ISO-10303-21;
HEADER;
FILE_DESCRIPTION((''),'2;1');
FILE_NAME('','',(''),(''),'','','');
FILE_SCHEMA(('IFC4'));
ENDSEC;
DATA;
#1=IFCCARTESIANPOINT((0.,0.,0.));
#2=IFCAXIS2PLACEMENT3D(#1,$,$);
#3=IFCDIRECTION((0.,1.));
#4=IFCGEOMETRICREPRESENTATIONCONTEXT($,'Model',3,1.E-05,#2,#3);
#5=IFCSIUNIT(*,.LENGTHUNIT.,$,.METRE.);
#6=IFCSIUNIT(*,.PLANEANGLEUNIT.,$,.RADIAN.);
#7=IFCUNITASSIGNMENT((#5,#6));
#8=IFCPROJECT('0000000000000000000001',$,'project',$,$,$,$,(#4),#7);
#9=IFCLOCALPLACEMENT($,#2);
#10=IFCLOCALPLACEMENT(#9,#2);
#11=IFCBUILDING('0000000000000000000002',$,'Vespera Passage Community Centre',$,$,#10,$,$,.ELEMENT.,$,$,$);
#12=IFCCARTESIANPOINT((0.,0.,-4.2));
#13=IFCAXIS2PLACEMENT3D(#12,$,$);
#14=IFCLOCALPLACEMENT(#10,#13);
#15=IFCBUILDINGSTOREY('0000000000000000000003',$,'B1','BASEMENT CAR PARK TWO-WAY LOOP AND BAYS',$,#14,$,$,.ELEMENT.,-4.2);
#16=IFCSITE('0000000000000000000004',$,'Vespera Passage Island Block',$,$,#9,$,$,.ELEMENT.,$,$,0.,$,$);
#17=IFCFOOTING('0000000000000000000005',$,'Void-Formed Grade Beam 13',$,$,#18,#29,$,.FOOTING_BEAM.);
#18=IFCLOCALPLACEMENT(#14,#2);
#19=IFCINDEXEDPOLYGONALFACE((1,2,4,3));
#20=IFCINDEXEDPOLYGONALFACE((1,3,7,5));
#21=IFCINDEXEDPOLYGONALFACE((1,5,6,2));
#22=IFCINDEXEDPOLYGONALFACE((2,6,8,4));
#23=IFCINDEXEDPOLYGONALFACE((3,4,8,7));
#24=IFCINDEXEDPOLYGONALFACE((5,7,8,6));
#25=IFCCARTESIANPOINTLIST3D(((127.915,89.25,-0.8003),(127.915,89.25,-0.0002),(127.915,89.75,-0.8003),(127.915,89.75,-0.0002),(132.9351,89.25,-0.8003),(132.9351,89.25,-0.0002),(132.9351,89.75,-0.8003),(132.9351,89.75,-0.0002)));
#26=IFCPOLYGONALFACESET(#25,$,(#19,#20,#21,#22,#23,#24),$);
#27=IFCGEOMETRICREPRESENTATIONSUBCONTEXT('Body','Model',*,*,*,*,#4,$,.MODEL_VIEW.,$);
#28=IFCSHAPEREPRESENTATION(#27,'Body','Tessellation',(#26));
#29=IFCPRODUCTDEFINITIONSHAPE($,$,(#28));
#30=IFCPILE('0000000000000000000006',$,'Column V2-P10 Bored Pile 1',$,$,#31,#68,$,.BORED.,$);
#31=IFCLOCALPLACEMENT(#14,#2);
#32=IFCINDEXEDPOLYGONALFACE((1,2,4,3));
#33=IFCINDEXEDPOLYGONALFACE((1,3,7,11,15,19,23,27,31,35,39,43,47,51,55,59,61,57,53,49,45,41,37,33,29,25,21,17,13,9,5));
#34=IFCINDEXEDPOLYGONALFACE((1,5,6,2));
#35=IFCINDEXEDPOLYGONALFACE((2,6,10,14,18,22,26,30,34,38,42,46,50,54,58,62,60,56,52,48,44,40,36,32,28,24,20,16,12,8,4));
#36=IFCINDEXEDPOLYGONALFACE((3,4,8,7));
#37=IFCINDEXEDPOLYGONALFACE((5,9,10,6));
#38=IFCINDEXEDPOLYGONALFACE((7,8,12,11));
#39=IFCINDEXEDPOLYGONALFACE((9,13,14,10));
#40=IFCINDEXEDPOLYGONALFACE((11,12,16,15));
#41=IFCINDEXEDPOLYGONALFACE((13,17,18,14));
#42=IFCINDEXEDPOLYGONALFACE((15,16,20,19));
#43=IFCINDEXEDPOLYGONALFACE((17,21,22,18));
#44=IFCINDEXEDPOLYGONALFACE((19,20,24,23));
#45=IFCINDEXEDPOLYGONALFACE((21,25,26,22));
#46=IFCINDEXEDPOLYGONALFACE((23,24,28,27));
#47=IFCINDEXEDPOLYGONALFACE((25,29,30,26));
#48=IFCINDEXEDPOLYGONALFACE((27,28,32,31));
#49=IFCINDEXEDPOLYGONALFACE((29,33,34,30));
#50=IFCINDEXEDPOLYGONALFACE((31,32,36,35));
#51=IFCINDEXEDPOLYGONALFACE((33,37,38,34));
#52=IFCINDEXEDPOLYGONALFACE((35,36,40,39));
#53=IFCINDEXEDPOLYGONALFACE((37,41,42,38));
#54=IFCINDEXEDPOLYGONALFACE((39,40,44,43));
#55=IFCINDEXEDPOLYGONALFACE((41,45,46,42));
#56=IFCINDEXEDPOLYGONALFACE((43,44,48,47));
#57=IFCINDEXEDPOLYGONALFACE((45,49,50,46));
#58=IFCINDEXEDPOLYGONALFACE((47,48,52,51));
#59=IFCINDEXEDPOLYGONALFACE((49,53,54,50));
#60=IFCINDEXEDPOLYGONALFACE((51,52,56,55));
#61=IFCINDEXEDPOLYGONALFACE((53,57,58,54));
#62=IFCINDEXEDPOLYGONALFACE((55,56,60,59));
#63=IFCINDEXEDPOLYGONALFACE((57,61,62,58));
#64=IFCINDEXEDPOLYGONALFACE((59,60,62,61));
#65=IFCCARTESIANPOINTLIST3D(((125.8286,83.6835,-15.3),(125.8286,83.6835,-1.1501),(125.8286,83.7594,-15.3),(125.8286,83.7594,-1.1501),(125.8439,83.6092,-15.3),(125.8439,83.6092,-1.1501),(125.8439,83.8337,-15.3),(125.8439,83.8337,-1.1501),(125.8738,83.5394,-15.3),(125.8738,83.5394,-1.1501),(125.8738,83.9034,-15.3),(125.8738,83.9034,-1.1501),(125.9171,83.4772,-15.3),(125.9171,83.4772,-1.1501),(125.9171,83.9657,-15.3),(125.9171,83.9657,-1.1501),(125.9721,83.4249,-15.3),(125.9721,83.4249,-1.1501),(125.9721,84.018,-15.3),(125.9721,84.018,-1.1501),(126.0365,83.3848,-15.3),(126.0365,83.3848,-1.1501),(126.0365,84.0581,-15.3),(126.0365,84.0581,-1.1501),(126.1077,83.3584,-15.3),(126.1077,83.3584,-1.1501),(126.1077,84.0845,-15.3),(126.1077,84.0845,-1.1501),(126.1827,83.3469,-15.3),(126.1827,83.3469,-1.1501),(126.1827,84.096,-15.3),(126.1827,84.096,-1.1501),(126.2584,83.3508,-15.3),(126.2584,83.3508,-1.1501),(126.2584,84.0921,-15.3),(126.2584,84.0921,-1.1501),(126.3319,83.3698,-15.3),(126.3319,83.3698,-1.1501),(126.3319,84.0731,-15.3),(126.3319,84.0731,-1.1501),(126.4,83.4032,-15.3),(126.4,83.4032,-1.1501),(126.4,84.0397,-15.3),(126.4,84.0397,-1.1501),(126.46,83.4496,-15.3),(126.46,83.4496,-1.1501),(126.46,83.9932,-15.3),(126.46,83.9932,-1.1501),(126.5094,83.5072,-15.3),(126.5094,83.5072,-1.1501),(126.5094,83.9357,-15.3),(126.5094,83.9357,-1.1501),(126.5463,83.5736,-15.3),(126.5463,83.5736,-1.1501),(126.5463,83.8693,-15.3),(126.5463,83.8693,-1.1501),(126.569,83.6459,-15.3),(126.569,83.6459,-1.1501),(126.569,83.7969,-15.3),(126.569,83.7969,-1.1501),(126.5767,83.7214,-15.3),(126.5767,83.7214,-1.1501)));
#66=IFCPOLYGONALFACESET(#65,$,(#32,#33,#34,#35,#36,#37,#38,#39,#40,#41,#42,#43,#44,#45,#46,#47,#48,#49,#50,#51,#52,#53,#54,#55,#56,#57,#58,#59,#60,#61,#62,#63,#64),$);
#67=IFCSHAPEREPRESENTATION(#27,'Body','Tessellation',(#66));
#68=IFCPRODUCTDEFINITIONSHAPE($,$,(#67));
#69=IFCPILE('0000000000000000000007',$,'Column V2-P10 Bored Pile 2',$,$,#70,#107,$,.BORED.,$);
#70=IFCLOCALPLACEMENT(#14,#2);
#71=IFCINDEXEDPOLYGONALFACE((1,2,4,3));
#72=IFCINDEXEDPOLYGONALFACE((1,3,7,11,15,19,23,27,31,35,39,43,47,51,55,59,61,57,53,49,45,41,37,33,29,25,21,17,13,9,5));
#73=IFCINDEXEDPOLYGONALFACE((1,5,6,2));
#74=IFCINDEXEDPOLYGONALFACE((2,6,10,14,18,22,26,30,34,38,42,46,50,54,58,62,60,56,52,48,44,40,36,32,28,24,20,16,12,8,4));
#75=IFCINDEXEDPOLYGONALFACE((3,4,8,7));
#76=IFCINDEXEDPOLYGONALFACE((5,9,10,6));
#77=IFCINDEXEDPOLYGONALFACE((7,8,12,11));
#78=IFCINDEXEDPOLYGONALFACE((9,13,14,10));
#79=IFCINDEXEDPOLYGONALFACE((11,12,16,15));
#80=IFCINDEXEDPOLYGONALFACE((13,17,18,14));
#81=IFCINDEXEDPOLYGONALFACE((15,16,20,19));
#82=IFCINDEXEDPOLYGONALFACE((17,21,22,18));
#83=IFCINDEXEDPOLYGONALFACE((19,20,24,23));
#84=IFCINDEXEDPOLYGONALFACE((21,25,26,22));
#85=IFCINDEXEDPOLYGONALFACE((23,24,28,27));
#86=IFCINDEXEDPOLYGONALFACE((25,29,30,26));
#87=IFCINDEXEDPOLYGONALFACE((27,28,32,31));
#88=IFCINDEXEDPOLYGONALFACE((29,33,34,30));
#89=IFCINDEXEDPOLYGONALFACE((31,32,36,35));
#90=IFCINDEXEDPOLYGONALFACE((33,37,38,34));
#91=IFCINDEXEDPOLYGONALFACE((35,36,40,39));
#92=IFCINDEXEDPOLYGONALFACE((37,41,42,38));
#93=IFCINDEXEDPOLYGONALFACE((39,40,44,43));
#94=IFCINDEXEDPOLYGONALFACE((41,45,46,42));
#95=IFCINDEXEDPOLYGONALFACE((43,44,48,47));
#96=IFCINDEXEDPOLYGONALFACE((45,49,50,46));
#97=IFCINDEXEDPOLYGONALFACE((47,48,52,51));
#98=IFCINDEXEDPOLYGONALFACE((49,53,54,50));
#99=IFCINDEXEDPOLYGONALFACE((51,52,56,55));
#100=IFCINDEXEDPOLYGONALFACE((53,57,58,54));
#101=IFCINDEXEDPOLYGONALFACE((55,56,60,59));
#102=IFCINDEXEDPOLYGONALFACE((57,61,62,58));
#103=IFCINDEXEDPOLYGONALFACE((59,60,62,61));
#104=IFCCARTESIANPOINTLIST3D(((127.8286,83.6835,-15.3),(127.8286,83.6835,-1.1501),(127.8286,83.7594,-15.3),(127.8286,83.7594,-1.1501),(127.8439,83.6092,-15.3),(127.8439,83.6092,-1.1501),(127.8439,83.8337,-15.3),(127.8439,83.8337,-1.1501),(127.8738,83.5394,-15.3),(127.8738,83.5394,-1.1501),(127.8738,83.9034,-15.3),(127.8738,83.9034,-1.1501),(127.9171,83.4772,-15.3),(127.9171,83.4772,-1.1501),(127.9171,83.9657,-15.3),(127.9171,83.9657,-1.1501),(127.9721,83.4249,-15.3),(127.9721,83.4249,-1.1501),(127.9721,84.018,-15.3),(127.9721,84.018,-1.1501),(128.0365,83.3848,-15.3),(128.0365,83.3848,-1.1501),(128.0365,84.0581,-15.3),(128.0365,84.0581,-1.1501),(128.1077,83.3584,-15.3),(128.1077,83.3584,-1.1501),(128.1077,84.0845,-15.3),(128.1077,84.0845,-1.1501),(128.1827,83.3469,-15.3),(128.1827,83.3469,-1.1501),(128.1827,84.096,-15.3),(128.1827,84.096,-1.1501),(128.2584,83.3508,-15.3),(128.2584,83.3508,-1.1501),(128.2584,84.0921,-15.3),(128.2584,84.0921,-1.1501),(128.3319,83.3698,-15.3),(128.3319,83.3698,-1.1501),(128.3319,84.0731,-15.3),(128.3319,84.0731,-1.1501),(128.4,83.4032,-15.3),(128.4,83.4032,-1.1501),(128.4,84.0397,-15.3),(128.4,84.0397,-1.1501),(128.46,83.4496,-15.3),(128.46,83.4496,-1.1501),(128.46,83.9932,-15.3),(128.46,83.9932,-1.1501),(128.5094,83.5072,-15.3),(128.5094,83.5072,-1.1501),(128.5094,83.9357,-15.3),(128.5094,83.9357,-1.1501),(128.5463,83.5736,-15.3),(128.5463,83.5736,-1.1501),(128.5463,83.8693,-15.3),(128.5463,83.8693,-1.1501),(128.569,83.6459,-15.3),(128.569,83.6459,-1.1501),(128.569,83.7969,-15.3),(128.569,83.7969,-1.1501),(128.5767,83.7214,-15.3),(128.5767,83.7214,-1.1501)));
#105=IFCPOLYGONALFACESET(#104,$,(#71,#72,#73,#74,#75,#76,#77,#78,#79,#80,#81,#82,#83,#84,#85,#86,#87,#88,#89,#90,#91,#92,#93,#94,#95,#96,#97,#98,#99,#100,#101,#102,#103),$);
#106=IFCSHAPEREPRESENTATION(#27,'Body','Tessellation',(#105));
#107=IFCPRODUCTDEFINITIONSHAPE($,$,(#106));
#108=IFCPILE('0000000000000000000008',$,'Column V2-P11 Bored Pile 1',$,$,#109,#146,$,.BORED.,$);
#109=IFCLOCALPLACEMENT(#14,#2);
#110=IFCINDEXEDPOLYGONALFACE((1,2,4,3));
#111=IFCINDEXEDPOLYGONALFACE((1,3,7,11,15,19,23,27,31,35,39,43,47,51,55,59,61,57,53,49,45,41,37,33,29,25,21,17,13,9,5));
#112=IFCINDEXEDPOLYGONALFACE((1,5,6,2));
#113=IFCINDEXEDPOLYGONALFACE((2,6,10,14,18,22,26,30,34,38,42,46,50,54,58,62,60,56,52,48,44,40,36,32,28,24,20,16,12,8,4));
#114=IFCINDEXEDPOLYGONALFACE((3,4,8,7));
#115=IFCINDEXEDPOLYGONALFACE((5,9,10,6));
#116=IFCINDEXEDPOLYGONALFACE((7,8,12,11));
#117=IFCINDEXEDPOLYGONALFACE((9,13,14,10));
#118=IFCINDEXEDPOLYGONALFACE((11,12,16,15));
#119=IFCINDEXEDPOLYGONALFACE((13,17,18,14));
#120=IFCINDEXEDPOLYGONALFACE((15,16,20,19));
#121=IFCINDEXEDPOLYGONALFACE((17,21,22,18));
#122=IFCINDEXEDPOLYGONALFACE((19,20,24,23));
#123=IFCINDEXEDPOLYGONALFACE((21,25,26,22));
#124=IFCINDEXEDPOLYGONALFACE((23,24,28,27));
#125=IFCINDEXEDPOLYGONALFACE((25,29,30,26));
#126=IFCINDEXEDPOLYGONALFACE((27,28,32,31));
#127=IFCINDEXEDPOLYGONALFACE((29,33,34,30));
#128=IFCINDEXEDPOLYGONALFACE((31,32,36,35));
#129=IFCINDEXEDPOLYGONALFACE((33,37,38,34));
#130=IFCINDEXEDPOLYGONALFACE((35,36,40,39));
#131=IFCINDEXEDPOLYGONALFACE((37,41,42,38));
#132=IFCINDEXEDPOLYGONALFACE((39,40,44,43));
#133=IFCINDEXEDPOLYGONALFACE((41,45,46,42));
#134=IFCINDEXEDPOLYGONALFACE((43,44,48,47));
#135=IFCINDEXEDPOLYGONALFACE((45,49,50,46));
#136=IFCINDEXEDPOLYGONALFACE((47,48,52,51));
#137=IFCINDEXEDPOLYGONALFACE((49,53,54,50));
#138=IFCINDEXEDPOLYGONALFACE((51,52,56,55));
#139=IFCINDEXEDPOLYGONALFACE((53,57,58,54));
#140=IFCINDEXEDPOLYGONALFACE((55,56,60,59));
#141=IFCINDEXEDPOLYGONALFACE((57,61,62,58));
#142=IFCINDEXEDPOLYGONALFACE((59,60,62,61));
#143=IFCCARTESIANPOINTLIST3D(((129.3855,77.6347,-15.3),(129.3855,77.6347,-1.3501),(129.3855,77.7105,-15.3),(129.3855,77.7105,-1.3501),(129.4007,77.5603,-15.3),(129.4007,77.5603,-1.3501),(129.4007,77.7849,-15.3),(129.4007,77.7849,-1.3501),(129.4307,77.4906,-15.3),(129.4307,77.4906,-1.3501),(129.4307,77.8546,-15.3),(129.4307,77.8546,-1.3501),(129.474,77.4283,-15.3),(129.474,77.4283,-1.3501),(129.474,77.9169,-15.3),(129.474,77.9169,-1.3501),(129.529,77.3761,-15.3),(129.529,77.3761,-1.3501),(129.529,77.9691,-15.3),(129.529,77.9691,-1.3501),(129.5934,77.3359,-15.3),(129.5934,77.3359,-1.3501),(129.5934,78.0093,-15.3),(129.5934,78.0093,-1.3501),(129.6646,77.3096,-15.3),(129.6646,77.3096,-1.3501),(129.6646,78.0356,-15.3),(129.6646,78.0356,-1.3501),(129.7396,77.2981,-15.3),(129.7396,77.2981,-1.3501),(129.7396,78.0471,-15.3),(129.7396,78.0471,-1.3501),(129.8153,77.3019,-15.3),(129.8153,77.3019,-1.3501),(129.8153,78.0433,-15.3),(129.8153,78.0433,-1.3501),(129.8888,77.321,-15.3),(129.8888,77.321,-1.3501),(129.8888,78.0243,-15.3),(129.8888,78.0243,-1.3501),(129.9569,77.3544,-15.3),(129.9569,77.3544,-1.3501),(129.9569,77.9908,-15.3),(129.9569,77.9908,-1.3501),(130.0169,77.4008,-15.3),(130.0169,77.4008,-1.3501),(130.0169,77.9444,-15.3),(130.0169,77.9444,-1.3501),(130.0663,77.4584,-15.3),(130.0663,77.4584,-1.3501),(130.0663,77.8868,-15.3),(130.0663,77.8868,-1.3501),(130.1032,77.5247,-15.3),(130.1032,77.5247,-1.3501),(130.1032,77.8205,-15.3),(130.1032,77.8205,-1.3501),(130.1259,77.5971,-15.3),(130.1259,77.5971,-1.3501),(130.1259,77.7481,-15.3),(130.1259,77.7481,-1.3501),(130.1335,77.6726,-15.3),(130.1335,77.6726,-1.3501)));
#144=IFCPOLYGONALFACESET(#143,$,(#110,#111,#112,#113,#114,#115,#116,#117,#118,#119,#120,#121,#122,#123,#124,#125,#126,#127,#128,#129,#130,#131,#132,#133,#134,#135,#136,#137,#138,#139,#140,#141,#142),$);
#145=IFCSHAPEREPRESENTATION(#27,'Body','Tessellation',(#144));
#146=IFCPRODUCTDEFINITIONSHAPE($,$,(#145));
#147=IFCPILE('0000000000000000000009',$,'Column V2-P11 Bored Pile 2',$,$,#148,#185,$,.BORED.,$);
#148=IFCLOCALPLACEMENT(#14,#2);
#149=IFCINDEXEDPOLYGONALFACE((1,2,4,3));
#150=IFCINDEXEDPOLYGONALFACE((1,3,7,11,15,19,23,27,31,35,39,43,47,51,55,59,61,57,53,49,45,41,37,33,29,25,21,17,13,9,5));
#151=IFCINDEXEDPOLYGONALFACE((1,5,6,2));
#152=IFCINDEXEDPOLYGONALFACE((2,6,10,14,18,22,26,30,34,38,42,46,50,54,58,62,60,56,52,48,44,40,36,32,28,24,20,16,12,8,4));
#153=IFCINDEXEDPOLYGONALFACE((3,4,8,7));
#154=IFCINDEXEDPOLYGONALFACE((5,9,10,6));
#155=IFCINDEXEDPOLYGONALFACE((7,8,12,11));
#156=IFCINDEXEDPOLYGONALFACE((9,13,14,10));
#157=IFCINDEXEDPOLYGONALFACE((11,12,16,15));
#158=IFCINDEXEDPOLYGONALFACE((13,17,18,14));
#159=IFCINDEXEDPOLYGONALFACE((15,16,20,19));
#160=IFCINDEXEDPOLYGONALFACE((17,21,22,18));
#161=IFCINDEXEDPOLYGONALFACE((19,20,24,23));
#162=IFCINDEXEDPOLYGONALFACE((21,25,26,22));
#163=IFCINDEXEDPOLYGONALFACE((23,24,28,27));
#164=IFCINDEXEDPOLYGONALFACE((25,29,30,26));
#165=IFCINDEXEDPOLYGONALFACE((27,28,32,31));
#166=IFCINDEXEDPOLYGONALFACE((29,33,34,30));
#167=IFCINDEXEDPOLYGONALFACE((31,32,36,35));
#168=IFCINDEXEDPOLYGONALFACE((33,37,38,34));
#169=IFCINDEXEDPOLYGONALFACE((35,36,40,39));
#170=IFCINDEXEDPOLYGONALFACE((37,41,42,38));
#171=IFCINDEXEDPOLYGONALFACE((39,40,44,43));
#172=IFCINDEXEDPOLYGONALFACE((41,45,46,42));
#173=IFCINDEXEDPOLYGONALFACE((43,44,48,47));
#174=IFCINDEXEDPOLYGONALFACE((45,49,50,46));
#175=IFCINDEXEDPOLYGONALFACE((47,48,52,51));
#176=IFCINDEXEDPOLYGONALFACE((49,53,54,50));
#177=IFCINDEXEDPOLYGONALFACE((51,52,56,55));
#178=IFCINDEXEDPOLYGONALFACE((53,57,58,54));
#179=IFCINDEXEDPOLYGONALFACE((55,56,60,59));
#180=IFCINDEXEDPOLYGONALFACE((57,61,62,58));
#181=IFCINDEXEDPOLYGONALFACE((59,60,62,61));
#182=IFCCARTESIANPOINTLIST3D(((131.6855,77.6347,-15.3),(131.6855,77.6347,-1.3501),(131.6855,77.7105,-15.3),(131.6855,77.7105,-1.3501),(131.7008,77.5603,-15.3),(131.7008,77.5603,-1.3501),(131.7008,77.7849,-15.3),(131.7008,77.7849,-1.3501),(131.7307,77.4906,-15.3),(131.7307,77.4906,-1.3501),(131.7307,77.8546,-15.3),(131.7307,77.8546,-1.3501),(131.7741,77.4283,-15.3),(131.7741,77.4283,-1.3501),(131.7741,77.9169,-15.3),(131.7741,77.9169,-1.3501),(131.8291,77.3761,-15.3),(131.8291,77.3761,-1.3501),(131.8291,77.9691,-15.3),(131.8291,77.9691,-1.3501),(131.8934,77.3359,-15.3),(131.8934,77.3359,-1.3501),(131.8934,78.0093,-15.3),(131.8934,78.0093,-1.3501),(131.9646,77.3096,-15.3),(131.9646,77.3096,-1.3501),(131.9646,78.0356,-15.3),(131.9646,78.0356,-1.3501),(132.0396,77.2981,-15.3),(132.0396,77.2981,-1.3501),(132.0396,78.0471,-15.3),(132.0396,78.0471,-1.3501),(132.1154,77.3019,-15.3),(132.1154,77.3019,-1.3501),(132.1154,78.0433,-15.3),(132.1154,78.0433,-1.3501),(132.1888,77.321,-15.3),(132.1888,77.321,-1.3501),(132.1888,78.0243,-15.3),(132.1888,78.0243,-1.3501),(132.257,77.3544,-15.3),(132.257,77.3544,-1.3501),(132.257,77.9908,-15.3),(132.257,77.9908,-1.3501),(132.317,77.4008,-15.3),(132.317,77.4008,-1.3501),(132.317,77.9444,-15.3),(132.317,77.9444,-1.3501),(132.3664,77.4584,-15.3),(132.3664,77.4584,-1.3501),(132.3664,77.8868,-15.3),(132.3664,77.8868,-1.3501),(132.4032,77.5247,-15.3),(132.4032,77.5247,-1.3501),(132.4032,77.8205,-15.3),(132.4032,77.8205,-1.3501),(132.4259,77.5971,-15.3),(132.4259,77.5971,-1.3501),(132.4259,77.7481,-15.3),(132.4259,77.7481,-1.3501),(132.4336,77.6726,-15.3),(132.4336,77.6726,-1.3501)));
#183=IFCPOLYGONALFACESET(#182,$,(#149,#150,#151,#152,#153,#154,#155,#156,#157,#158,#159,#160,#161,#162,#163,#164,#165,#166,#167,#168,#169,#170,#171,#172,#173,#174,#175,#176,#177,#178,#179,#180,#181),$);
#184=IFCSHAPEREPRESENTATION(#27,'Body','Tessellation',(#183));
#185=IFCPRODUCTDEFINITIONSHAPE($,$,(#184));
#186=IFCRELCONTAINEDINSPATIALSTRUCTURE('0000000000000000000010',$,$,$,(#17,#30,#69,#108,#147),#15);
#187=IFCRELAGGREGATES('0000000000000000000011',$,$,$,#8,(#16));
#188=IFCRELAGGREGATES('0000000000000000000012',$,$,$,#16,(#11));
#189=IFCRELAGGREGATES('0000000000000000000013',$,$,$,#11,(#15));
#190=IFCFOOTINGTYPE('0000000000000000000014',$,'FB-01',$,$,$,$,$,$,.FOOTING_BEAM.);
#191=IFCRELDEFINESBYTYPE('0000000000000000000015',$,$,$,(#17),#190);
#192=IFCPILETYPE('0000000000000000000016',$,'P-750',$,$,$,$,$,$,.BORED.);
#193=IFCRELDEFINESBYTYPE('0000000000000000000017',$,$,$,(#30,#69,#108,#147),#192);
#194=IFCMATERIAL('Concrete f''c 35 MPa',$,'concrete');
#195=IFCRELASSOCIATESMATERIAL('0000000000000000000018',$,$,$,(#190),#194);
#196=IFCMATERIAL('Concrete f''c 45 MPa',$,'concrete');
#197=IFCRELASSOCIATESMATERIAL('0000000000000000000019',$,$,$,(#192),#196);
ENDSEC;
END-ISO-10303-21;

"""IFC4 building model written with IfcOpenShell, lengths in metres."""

from ifc_helpers import new_model, si_unit, direction, frame, origin, origin_2d, place, context, subcontext, project, spatial, rectangle, circle, extrude, material, material_profile, profile_set, type_object, element, save


model = new_model("IFC4")

# Units and contexts
model_context = context("Model", 3, precision=1e-05, world=origin(), true_north=direction((0.0, 1.0)))
body_context = subcontext(model_context, "Body", "Model", "MODEL_VIEW")
ifc_project = project(units=[si_unit("LENGTHUNIT", "METRE"), si_unit("PLANEANGLEUNIT", "RADIAN")], contexts=[model_context])

# Site, building, storey
site_placement = place(None, origin())
site = spatial("IfcSite", under=ifc_project, at=site_placement, Name="Vespera Passage Island Block", CompositionType="ELEMENT", RefElevation=0.0)
building_placement = place(site_placement, origin())
building = spatial("IfcBuilding", under=site, at=building_placement, Name="Vespera Passage Community Centre", CompositionType="ELEMENT")
storey_placement = place(building_placement, frame((0.0, 0.0, -4.2)))
storey = spatial("IfcBuildingStorey", under=building, at=storey_placement, Name="B1", Description="BASEMENT CAR PARK TWO-WAY LOOP AND BAYS", CompositionType="ELEMENT", Elevation=-4.2)

# Footing
ifc_material_1 = material(Name="Concrete f'c 35 MPa", Category="concrete")
footing_type_1 = type_object("IfcFootingType", Name="FB-01", PredefinedType="FOOTING_BEAM", material=ifc_material_1)
footing_1_placement = place(storey_placement, frame((130.425, 89.5, -0.8003), z_axis=(0.0, 0.0, 1.0), x_axis=(-1.0, 0.0, 0.0)))
element("IfcFooting", 1, at=footing_1_placement, inside=storey, type_object=footing_type_1, Name="Void-Formed Grade Beam 13", PredefinedType="FOOTING_BEAM", context=body_context, shape_type="SweptSolid", body=[
    extrude(rectangle(XDim=5.02, YDim=0.5, at=origin_2d()), origin(), (0.0, 0.0, 1.0), 0.8),
])

# Piles
ifc_material_2 = material(Name="Concrete f'c 45 MPa", Category="concrete")
ifc_material_profile_1 = material_profile(ifc_material_2, circle(Radius=0.375, at=origin_2d()), Name="PILE750DIA")
ifc_profile_set_1 = profile_set([ifc_material_profile_1], Name="Concrete f'c 45 MPa")
pile_type_1 = type_object("IfcPileType", Name="P-750", PredefinedType="BORED", material=ifc_profile_set_1)
for number, where, z_axis, x_axis, name in (
    (2, (126.2017, 83.7214, -1.1501), (0.0, 0.0, -1.0), (1.0, 0.0, 0.0), "Column V2-P10 Bored Pile 1"),
    (3, (128.2017, 83.7214, -1.1501), (0.0, 0.0, -1.0), (1.0, 0.0, 0.0), "Column V2-P10 Bored Pile 2"),
):
    element("IfcPile", number, at=place(storey_placement, frame(where, z_axis=z_axis, x_axis=x_axis)), inside=storey, type_object=pile_type_1, Name=name, PredefinedType="BORED", context=body_context, shape_type="SweptSolid", body=[
        extrude(circle(Radius=0.375, at=origin_2d()), origin(), (0.0, 0.0, 1.0), 14.1499),
    ])
for number, where, z_axis, x_axis, name in (
    (4, (129.7585, 77.6726, -1.3501), (0.0, 0.0, -1.0), (1.0, 0.0, 0.0), "Column V2-P11 Bored Pile 1"),
    (5, (132.0586, 77.6726, -1.3501), (0.0, 0.0, -1.0), (1.0, 0.0, 0.0), "Column V2-P11 Bored Pile 2"),
):
    element("IfcPile", number, at=place(storey_placement, frame(where, z_axis=z_axis, x_axis=x_axis)), inside=storey, type_object=pile_type_1, Name=name, PredefinedType="BORED", context=body_context, shape_type="SweptSolid", body=[
        extrude(circle(Radius=0.375, at=origin_2d()), origin(), (0.0, 0.0, 1.0), 13.95),
    ])

save(model, "model.ifc")
